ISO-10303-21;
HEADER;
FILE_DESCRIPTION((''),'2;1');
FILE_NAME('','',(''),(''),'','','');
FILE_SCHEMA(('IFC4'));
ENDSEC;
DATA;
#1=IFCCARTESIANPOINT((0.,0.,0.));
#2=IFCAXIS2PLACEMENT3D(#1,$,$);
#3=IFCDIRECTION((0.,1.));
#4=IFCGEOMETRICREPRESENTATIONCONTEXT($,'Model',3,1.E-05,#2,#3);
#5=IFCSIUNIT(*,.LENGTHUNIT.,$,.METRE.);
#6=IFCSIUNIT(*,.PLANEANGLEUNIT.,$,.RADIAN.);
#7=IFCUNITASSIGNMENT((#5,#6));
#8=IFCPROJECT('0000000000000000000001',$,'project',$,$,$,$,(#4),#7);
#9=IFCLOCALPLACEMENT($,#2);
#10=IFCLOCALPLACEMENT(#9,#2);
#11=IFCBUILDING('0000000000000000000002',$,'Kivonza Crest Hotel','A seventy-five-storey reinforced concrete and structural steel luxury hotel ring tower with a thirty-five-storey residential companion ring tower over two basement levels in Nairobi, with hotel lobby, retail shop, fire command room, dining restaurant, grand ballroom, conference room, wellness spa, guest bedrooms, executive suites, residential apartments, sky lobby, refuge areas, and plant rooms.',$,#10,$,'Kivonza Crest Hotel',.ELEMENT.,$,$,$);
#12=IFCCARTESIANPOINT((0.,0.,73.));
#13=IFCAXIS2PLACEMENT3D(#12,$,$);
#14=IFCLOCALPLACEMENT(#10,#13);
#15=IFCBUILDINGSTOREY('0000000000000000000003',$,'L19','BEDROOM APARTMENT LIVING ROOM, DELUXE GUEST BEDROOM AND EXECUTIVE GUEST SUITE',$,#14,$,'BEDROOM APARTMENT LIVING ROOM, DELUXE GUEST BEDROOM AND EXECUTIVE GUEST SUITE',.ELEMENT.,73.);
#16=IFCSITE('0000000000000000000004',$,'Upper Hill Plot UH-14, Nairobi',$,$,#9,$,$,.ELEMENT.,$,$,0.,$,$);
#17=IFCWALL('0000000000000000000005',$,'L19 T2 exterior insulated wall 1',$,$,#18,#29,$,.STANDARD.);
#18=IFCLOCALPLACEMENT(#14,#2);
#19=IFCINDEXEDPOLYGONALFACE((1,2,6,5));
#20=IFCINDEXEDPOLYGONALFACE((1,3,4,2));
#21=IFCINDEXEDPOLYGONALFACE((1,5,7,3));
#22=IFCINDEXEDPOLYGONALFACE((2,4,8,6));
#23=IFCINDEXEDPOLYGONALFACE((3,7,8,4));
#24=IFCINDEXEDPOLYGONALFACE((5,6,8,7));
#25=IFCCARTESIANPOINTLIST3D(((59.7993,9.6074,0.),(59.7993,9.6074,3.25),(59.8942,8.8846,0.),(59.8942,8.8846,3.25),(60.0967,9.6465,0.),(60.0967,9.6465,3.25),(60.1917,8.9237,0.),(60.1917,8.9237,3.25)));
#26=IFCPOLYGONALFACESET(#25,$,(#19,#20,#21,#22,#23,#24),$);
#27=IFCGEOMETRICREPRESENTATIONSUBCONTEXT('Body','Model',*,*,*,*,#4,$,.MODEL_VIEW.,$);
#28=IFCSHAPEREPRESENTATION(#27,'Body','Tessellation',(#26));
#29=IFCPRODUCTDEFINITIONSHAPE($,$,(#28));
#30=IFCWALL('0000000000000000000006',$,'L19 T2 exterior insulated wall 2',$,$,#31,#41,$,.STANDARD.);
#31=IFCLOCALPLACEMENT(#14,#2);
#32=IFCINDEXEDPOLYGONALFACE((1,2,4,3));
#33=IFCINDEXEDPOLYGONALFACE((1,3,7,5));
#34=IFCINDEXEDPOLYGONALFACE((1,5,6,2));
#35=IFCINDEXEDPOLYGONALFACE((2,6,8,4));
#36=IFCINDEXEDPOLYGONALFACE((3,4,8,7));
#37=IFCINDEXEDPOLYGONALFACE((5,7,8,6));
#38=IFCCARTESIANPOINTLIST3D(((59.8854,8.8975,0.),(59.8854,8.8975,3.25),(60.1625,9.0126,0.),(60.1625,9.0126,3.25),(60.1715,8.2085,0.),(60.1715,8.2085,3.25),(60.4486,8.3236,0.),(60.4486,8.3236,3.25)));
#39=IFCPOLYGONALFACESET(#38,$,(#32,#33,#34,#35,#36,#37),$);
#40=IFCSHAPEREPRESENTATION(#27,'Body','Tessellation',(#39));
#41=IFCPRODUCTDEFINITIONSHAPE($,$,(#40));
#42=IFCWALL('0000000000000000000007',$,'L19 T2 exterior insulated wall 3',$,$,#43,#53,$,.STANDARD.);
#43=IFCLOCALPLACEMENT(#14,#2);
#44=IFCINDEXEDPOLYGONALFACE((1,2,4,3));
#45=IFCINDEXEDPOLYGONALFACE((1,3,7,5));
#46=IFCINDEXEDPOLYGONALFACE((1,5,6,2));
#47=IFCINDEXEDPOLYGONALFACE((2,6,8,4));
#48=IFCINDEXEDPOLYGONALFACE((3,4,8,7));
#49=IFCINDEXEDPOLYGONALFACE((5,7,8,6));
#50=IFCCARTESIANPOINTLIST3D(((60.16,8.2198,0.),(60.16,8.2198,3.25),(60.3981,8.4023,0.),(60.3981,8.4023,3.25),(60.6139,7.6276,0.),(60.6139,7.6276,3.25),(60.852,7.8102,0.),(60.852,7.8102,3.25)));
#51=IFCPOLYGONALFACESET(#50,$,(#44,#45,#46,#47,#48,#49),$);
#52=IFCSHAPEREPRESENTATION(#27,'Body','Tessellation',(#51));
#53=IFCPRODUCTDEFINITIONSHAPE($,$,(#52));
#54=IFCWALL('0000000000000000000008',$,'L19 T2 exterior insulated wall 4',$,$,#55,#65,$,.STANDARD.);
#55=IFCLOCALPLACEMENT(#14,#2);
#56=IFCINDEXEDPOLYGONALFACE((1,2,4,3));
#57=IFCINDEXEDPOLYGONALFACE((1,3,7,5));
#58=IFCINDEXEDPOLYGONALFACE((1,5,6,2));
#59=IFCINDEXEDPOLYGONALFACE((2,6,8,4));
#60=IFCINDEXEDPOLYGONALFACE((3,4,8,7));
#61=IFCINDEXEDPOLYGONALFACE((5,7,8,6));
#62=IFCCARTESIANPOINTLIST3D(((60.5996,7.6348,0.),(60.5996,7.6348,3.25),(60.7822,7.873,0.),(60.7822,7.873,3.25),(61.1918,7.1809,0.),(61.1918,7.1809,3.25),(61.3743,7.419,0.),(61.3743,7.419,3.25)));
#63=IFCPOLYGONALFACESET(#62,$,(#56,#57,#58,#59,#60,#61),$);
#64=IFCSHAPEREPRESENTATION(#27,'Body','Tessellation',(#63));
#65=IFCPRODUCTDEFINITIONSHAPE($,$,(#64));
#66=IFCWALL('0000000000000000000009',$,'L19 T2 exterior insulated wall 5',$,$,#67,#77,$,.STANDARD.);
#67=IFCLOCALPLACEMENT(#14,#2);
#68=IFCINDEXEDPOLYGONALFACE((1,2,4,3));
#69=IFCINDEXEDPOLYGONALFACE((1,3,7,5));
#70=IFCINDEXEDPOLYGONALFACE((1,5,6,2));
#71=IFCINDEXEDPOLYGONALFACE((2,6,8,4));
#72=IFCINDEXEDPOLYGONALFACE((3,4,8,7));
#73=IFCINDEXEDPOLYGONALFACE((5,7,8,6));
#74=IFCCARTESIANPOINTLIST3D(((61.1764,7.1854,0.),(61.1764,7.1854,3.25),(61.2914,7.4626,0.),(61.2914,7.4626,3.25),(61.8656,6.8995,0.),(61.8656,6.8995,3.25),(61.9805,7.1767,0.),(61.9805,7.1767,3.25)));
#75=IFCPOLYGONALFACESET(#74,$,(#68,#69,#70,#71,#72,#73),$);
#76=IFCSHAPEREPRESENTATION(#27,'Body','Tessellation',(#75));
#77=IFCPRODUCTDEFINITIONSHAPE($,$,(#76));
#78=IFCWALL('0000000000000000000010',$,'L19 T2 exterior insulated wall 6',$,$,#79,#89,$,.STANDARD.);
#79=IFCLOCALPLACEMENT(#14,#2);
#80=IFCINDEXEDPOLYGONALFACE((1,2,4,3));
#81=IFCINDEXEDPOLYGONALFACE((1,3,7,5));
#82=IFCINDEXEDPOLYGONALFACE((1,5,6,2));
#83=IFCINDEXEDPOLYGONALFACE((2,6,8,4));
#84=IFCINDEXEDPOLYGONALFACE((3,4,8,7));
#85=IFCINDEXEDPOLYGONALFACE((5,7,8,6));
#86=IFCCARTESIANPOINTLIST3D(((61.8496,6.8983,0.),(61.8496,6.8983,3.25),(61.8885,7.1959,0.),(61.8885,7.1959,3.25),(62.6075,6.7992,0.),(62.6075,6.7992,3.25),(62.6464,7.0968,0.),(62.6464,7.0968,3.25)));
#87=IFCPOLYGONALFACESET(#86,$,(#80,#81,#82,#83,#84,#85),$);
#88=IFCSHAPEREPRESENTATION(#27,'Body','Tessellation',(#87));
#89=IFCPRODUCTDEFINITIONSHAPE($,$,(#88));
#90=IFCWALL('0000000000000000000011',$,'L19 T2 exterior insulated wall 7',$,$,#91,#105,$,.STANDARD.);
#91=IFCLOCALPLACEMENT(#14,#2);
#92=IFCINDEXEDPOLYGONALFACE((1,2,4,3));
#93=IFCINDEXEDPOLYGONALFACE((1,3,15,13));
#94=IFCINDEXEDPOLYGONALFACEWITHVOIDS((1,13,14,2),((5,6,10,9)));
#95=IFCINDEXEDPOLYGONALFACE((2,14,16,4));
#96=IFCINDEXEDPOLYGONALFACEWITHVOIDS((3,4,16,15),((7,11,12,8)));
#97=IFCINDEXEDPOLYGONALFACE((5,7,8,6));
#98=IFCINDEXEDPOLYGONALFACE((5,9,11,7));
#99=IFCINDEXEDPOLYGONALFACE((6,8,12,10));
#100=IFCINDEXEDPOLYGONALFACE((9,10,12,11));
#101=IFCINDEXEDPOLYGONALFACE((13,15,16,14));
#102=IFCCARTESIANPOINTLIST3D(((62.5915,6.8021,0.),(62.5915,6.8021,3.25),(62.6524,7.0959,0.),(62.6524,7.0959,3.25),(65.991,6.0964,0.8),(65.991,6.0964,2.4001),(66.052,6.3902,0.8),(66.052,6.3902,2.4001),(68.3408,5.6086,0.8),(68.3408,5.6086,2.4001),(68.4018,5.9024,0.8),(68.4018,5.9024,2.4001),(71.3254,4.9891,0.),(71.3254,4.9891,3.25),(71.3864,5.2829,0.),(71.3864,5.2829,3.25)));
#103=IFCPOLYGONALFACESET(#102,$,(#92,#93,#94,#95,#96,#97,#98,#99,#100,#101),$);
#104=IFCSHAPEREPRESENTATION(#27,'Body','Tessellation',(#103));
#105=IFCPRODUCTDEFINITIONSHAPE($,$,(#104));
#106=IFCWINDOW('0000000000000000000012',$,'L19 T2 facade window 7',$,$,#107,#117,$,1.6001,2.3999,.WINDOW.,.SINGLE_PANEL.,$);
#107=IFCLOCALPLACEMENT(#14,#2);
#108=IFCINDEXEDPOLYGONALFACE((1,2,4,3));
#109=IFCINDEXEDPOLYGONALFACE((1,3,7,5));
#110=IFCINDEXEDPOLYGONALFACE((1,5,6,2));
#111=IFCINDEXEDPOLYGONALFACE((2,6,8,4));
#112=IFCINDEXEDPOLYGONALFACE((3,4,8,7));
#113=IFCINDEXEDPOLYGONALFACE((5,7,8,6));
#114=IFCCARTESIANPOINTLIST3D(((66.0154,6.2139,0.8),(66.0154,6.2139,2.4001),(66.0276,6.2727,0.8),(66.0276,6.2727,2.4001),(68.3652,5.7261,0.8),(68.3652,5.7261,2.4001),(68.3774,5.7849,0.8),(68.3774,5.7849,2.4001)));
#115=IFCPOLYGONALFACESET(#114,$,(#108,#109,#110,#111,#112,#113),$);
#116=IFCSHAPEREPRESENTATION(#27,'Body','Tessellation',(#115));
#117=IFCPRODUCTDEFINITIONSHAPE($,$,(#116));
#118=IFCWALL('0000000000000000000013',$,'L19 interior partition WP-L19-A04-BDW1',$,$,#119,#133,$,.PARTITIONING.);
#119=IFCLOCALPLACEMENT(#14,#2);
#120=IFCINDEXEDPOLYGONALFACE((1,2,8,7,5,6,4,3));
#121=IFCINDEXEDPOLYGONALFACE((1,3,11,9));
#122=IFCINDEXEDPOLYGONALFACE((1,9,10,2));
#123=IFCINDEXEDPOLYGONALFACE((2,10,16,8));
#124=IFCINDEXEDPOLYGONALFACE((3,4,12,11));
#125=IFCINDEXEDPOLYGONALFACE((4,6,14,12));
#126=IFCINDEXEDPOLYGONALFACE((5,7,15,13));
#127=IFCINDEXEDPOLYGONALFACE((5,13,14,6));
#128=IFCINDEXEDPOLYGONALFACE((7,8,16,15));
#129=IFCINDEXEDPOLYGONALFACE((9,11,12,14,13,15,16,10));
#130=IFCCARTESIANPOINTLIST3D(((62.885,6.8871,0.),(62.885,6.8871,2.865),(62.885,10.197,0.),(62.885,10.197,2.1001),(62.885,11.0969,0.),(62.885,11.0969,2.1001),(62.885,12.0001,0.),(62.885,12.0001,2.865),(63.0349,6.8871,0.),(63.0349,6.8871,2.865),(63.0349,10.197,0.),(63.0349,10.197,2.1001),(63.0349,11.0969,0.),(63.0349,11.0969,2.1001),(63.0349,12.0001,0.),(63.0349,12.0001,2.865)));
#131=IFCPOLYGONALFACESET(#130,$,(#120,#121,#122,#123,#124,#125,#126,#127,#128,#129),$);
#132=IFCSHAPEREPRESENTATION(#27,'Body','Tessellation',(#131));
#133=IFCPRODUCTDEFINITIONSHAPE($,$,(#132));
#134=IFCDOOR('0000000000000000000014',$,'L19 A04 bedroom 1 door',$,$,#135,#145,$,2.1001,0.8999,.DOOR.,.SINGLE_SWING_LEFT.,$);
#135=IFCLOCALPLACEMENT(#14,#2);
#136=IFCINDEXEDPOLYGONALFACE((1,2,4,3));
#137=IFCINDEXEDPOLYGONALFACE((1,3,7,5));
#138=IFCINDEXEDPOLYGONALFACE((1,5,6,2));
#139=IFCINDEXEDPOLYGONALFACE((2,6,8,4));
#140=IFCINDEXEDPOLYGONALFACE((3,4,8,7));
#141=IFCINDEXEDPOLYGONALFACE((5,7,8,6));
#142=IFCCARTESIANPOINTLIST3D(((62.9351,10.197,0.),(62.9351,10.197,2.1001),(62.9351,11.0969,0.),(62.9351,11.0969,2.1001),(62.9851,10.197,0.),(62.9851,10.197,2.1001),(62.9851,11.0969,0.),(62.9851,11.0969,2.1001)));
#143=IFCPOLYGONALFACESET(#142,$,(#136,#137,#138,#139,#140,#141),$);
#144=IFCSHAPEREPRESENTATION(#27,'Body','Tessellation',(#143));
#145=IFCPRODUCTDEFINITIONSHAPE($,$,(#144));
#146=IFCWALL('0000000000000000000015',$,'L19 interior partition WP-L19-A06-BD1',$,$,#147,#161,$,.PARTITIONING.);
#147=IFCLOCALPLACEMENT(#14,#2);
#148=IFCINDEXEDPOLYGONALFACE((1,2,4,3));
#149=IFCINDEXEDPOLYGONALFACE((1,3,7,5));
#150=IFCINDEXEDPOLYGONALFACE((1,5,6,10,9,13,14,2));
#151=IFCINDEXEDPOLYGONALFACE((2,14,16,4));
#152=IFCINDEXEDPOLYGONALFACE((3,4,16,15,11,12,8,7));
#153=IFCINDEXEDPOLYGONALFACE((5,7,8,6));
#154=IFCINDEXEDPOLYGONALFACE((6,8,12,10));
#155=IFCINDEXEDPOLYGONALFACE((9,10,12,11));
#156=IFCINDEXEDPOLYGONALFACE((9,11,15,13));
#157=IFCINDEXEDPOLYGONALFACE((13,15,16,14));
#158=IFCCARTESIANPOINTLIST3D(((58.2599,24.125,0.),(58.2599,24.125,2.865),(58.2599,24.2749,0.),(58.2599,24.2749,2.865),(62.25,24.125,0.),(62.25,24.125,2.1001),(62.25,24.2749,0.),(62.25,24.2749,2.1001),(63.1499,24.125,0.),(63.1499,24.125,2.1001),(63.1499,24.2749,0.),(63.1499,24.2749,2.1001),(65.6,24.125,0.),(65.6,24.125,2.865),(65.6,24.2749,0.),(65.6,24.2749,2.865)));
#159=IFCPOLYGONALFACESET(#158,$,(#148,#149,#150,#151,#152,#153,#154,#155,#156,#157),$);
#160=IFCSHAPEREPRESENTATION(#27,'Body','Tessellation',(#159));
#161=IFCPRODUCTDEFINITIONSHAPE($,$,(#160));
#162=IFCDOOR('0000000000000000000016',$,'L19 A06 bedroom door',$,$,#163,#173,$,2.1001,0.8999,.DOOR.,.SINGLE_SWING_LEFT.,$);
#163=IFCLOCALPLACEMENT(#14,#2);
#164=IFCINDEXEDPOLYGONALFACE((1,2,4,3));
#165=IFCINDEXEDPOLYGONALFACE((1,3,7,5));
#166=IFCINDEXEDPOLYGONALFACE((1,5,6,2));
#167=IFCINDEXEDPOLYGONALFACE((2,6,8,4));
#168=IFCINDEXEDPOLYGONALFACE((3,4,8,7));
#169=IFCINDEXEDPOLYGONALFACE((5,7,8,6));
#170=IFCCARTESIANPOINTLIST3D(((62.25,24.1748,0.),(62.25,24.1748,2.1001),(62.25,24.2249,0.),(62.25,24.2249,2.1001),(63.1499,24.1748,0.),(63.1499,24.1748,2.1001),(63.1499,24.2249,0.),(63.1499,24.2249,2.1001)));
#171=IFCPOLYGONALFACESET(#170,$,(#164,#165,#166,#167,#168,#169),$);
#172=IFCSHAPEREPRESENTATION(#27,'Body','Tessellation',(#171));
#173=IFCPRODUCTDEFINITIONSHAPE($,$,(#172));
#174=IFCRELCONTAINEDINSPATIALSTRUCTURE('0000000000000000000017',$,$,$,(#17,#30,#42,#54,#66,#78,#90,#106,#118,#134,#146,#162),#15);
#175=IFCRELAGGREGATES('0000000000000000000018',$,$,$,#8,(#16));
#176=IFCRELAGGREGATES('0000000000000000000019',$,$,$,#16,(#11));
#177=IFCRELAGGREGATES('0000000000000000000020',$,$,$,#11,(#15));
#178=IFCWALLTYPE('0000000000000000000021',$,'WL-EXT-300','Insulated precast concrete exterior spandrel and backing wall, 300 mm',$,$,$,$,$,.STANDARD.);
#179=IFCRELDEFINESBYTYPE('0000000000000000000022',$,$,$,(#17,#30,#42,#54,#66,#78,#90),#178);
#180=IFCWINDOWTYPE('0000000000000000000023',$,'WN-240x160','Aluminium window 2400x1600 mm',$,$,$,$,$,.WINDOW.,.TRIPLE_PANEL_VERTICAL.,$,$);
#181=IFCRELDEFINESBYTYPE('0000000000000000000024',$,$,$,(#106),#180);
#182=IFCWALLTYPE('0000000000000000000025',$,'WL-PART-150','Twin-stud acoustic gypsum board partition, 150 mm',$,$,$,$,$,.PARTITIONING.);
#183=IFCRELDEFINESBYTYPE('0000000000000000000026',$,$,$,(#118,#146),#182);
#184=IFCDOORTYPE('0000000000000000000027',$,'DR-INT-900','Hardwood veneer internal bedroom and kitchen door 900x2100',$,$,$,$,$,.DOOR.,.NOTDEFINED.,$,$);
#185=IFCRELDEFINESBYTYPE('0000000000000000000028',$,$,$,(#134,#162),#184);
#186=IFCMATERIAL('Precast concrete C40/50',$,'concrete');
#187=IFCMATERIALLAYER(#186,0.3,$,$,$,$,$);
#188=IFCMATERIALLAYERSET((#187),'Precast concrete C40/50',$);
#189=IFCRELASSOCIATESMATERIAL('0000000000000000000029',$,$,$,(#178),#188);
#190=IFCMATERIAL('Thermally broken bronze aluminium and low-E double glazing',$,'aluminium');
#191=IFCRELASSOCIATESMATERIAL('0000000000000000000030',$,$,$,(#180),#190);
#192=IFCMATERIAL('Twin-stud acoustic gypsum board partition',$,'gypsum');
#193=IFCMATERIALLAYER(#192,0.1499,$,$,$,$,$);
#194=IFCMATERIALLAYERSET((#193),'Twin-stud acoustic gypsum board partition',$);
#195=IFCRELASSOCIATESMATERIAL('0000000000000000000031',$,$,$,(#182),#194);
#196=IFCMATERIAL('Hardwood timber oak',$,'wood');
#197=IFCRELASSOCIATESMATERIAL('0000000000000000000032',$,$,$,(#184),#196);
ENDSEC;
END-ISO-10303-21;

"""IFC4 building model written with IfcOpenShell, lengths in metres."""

from ifc_helpers import new_model, si_unit, direction, frame, frame_2d, origin, place, context, subcontext, project, spatial, rectangle, extrude, material, layer, layer_set, type_object, element, fill, save


model = new_model("IFC4")

# Units and contexts
model_context = context("Model", 3, precision=1e-05, world=origin(), true_north=direction((0.0, 1.0)))
body_context = subcontext(model_context, "Body", "Model", "MODEL_VIEW")
ifc_project = project(units=[si_unit("LENGTHUNIT", "METRE"), si_unit("PLANEANGLEUNIT", "RADIAN")], contexts=[model_context])

# Site, building, storey
site_placement = place(None, origin())
site = spatial("IfcSite", under=ifc_project, at=site_placement, Name="Upper Hill Plot UH-14, Nairobi", CompositionType="ELEMENT", RefElevation=0.0)
building_placement = place(site_placement, origin())
building = spatial("IfcBuilding", under=site, at=building_placement, Name="Kivonza Crest Hotel", Description="A seventy-five-storey reinforced concrete and structural steel luxury hotel ring tower with a thirty-five-storey residential companion ring tower over two basement levels in Nairobi, with hotel lobby, retail shop, fire command room, dining restaurant, grand ballroom, conference room, wellness spa, guest bedrooms, executive suites, residential apartments, sky lobby, refuge areas, and plant rooms.", LongName="Kivonza Crest Hotel", CompositionType="ELEMENT")
storey_placement = place(building_placement, frame((0.0, 0.0, 73.0)))
storey = spatial("IfcBuildingStorey", under=building, at=storey_placement, Name="L19", Description="BEDROOM APARTMENT LIVING ROOM, DELUXE GUEST BEDROOM AND EXECUTIVE GUEST SUITE", LongName="BEDROOM APARTMENT LIVING ROOM, DELUXE GUEST BEDROOM AND EXECUTIVE GUEST SUITE", CompositionType="ELEMENT", Elevation=73.0)

# Walls
ifc_material_1 = material(Name="Precast concrete C40/50", Category="concrete")
ifc_layer_1 = layer(ifc_material_1, 0.3)
ifc_layer_set_1 = layer_set([ifc_layer_1], Name="Precast concrete C40/50")
wall_type_1 = type_object("IfcWallType", Name="WL-EXT-300", Description="Insulated precast concrete exterior spandrel and backing wall, 300 mm", PredefinedType="STANDARD", material=ifc_layer_set_1)
wall_1_placement = place(storey_placement, frame((59.948, 9.627, 0.0), z_axis=(0.0, 0.0, 1.0), x_axis=(0.130255, -0.99148, 0.0)))
element("IfcWall", 1, at=wall_1_placement, inside=storey, type_object=wall_type_1, Name="L19 T2 exterior insulated wall 1", PredefinedType="STANDARD", context=body_context, shape_type="SweptSolid", body=[
    extrude(rectangle(XDim=0.729, YDim=0.3, at=frame_2d((0.3645, 0.0))), origin(), (0.0, 0.0, 1.0), 3.25),
])
for number, where, z_axis, x_axis, name in (
    (2, (60.0239, 8.9551, 0.0), (0.0, 0.0, 1.0), (0.383546, -0.923522, 0.0), "L19 T2 exterior insulated wall 2"),
    (3, (60.2791, 8.311, 0.0), (0.0, 0.0, 1.0), (0.608397, -0.793633, 0.0), "L19 T2 exterior insulated wall 3"),
    (4, (60.6909, 7.7539, 0.0), (0.0, 0.0, 1.0), (0.793633, -0.608397, 0.0), "L19 T2 exterior insulated wall 4"),
    (5, (61.2339, 7.324, 0.0), (0.0, 0.0, 1.0), (0.923686, -0.383151, 0.0), "L19 T2 exterior insulated wall 5"),
):
    element("IfcWall", number, at=place(storey_placement, frame(where, z_axis=z_axis, x_axis=x_axis)), inside=storey, type_object=wall_type_1, Name=name, PredefinedType="STANDARD", context=body_context, shape_type="SweptSolid", body=[
        extrude(rectangle(XDim=0.7461, YDim=0.3, at=frame_2d((0.373, 0.0))), origin(), (0.0, 0.0, 1.0), 3.25),
    ])
wall_2_placement = place(storey_placement, frame((61.8689, 7.0471, 0.0), z_axis=(0.0, 0.0, 1.0), x_axis=(0.991559, -0.129653, 0.0)))
element("IfcWall", 6, at=wall_2_placement, inside=storey, type_object=wall_type_1, Name="L19 T2 exterior insulated wall 6", PredefinedType="STANDARD", context=body_context, shape_type="SweptSolid", body=[
    extrude(rectangle(XDim=0.7644, YDim=0.3, at=frame_2d((0.3823, 0.0))), origin(), (0.0, 0.0, 1.0), 3.25),
])

# Wall, opening, window
wall_3_placement = place(storey_placement, frame((62.6221, 6.949, 0.0), z_axis=(0.0, 0.0, 1.0), x_axis=(0.979127, -0.203248, 0.0)))
wall_3 = element("IfcWall", 7, at=wall_3_placement, inside=storey, type_object=wall_type_1, Name="L19 T2 exterior insulated wall 7", PredefinedType="STANDARD", context=body_context, shape_type="SweptSolid", body=[
    extrude(rectangle(XDim=8.9202, YDim=0.3, at=frame_2d((4.46, 0.0))), origin(), (0.0, 0.0, 1.0), 3.25),
])
opening_1_placement = place(wall_3_placement, frame((3.4719, 0.0, 0.8)))
opening_1 = element("IfcOpeningElement", 8, at=opening_1_placement, cuts=wall_3, PredefinedType="OPENING", context=body_context, shape_type="SweptSolid", body=[
    extrude(rectangle(XDim=2.3999, YDim=1.6001, at=frame_2d((1.2, 0.8))), frame((0.0, 0.1602, 0.0), z_axis=(0.0, -1.0, 0.0), x_axis=(1.0, 0.0, 0.0)), (0.0, 0.0, 1.0), 0.3201),
])
ifc_material_2 = material(Name="Thermally broken bronze aluminium and low-E double glazing", Category="aluminium")
window_type = type_object("IfcWindowType", Name="WN-240x160", Description="Aluminium window 2400x1600 mm", PartitioningType="TRIPLE_PANEL_VERTICAL", PredefinedType="WINDOW", material=ifc_material_2)
window_placement = place(opening_1_placement, origin())
window = element("IfcWindow", 9, at=window_placement, inside=storey, type_object=window_type, Name="L19 T2 facade window 7", OverallHeight=1.6001, OverallWidth=2.3999, PartitioningType="SINGLE_PANEL", PredefinedType="WINDOW", context=body_context, shape_type="SweptSolid", body=[
    extrude(rectangle(XDim=2.3999, YDim=1.6001, at=frame_2d((1.2, 0.8))), frame((0.0, 0.03, 0.0), z_axis=(0.0, -1.0, 0.0), x_axis=(1.0, 0.0, 0.0)), (0.0, 0.0, 1.0), 0.0601),
])
fill(opening_1, window)

# Walls, openings, doors
ifc_material_3 = material(Name="Twin-stud acoustic gypsum board partition", Category="gypsum")
ifc_layer_2 = layer(ifc_material_3, 0.1499)
ifc_layer_set_2 = layer_set([ifc_layer_2], Name="Twin-stud acoustic gypsum board partition")
wall_type_2 = type_object("IfcWallType", Name="WL-PART-150", Description="Twin-stud acoustic gypsum board partition, 150 mm", PredefinedType="PARTITIONING", material=ifc_layer_set_2)
wall_4_placement = place(storey_placement, frame((62.96, 6.887, 0.0), z_axis=(0.0, 0.0, 1.0), x_axis=(0.0, 1.0, 0.0)))
wall_4 = element("IfcWall", 10, at=wall_4_placement, inside=storey, type_object=wall_type_2, Name="L19 interior partition WP-L19-A04-BDW1", PredefinedType="PARTITIONING", context=body_context, shape_type="SweptSolid", body=[
    extrude(rectangle(XDim=5.113, YDim=0.1499, at=frame_2d((2.5566, 0.0))), origin(), (0.0, 0.0, 1.0), 2.865),
])
opening_2_placement = place(wall_4_placement, frame((3.3101, 0.0, 0.0)))
opening_2 = element("IfcOpeningElement", 11, at=opening_2_placement, cuts=wall_4, PredefinedType="OPENING", context=body_context, shape_type="SweptSolid", body=[
    extrude(rectangle(XDim=0.8999, YDim=2.1001, at=frame_2d((0.45, 1.05))), frame((0.0, 0.085, 0.0), z_axis=(0.0, -1.0, 0.0), x_axis=(1.0, 0.0, 0.0)), (0.0, 0.0, 1.0), 0.1699),
])
ifc_material_4 = material(Name="Hardwood timber oak", Category="wood")
door_type = type_object("IfcDoorType", Name="DR-INT-900", Description="Hardwood veneer internal bedroom and kitchen door 900x2100", OperationType="NOTDEFINED", PredefinedType="DOOR", material=ifc_material_4)
door_1_placement = place(opening_2_placement, origin())
door_1 = element("IfcDoor", 12, at=door_1_placement, inside=storey, type_object=door_type, Name="L19 A04 bedroom 1 door", OperationType="SINGLE_SWING_LEFT", OverallHeight=2.1001, OverallWidth=0.8999, PredefinedType="DOOR", context=body_context, shape_type="SweptSolid", body=[
    extrude(rectangle(XDim=0.8999, YDim=2.1001, at=frame_2d((0.45, 1.05))), frame((0.0, 0.0249, 0.0), z_axis=(0.0, -1.0, 0.0), x_axis=(1.0, 0.0, 0.0)), (0.0, 0.0, 1.0), 0.05),
])
fill(opening_2, door_1)
wall_5_placement = place(storey_placement, frame((58.26, 24.2, 0.0), z_axis=(0.0, 0.0, 1.0), x_axis=(1.0, 0.0, 0.0)))
wall_5 = element("IfcWall", 13, at=wall_5_placement, inside=storey, type_object=wall_type_2, Name="L19 interior partition WP-L19-A06-BD1", PredefinedType="PARTITIONING", context=body_context, shape_type="SweptSolid", body=[
    extrude(rectangle(XDim=7.3401, YDim=0.1499, at=frame_2d((3.6699, 0.0))), origin(), (0.0, 0.0, 1.0), 2.865),
])
opening_3_placement = place(wall_5_placement, frame((3.99, 0.0, 0.0)))
opening_3 = element("IfcOpeningElement", 14, at=opening_3_placement, cuts=wall_5, PredefinedType="OPENING", context=body_context, shape_type="SweptSolid", body=[
    extrude(rectangle(XDim=0.8999, YDim=2.1001, at=frame_2d((0.45, 1.05))), frame((0.0, 0.085, 0.0), z_axis=(0.0, -1.0, 0.0), x_axis=(1.0, 0.0, 0.0)), (0.0, 0.0, 1.0), 0.1699),
])
door_2_placement = place(opening_3_placement, origin())
door_2 = element("IfcDoor", 15, at=door_2_placement, inside=storey, type_object=door_type, Name="L19 A06 bedroom door", OperationType="SINGLE_SWING_LEFT", OverallHeight=2.1001, OverallWidth=0.8999, PredefinedType="DOOR", context=body_context, shape_type="SweptSolid", body=[
    extrude(rectangle(XDim=0.8999, YDim=2.1001, at=frame_2d((0.45, 1.05))), frame((0.0, 0.0249, 0.0), z_axis=(0.0, -1.0, 0.0), x_axis=(1.0, 0.0, 0.0)), (0.0, 0.0, 1.0), 0.05),
])
fill(opening_3, door_2)

save(model, "model.ifc")
